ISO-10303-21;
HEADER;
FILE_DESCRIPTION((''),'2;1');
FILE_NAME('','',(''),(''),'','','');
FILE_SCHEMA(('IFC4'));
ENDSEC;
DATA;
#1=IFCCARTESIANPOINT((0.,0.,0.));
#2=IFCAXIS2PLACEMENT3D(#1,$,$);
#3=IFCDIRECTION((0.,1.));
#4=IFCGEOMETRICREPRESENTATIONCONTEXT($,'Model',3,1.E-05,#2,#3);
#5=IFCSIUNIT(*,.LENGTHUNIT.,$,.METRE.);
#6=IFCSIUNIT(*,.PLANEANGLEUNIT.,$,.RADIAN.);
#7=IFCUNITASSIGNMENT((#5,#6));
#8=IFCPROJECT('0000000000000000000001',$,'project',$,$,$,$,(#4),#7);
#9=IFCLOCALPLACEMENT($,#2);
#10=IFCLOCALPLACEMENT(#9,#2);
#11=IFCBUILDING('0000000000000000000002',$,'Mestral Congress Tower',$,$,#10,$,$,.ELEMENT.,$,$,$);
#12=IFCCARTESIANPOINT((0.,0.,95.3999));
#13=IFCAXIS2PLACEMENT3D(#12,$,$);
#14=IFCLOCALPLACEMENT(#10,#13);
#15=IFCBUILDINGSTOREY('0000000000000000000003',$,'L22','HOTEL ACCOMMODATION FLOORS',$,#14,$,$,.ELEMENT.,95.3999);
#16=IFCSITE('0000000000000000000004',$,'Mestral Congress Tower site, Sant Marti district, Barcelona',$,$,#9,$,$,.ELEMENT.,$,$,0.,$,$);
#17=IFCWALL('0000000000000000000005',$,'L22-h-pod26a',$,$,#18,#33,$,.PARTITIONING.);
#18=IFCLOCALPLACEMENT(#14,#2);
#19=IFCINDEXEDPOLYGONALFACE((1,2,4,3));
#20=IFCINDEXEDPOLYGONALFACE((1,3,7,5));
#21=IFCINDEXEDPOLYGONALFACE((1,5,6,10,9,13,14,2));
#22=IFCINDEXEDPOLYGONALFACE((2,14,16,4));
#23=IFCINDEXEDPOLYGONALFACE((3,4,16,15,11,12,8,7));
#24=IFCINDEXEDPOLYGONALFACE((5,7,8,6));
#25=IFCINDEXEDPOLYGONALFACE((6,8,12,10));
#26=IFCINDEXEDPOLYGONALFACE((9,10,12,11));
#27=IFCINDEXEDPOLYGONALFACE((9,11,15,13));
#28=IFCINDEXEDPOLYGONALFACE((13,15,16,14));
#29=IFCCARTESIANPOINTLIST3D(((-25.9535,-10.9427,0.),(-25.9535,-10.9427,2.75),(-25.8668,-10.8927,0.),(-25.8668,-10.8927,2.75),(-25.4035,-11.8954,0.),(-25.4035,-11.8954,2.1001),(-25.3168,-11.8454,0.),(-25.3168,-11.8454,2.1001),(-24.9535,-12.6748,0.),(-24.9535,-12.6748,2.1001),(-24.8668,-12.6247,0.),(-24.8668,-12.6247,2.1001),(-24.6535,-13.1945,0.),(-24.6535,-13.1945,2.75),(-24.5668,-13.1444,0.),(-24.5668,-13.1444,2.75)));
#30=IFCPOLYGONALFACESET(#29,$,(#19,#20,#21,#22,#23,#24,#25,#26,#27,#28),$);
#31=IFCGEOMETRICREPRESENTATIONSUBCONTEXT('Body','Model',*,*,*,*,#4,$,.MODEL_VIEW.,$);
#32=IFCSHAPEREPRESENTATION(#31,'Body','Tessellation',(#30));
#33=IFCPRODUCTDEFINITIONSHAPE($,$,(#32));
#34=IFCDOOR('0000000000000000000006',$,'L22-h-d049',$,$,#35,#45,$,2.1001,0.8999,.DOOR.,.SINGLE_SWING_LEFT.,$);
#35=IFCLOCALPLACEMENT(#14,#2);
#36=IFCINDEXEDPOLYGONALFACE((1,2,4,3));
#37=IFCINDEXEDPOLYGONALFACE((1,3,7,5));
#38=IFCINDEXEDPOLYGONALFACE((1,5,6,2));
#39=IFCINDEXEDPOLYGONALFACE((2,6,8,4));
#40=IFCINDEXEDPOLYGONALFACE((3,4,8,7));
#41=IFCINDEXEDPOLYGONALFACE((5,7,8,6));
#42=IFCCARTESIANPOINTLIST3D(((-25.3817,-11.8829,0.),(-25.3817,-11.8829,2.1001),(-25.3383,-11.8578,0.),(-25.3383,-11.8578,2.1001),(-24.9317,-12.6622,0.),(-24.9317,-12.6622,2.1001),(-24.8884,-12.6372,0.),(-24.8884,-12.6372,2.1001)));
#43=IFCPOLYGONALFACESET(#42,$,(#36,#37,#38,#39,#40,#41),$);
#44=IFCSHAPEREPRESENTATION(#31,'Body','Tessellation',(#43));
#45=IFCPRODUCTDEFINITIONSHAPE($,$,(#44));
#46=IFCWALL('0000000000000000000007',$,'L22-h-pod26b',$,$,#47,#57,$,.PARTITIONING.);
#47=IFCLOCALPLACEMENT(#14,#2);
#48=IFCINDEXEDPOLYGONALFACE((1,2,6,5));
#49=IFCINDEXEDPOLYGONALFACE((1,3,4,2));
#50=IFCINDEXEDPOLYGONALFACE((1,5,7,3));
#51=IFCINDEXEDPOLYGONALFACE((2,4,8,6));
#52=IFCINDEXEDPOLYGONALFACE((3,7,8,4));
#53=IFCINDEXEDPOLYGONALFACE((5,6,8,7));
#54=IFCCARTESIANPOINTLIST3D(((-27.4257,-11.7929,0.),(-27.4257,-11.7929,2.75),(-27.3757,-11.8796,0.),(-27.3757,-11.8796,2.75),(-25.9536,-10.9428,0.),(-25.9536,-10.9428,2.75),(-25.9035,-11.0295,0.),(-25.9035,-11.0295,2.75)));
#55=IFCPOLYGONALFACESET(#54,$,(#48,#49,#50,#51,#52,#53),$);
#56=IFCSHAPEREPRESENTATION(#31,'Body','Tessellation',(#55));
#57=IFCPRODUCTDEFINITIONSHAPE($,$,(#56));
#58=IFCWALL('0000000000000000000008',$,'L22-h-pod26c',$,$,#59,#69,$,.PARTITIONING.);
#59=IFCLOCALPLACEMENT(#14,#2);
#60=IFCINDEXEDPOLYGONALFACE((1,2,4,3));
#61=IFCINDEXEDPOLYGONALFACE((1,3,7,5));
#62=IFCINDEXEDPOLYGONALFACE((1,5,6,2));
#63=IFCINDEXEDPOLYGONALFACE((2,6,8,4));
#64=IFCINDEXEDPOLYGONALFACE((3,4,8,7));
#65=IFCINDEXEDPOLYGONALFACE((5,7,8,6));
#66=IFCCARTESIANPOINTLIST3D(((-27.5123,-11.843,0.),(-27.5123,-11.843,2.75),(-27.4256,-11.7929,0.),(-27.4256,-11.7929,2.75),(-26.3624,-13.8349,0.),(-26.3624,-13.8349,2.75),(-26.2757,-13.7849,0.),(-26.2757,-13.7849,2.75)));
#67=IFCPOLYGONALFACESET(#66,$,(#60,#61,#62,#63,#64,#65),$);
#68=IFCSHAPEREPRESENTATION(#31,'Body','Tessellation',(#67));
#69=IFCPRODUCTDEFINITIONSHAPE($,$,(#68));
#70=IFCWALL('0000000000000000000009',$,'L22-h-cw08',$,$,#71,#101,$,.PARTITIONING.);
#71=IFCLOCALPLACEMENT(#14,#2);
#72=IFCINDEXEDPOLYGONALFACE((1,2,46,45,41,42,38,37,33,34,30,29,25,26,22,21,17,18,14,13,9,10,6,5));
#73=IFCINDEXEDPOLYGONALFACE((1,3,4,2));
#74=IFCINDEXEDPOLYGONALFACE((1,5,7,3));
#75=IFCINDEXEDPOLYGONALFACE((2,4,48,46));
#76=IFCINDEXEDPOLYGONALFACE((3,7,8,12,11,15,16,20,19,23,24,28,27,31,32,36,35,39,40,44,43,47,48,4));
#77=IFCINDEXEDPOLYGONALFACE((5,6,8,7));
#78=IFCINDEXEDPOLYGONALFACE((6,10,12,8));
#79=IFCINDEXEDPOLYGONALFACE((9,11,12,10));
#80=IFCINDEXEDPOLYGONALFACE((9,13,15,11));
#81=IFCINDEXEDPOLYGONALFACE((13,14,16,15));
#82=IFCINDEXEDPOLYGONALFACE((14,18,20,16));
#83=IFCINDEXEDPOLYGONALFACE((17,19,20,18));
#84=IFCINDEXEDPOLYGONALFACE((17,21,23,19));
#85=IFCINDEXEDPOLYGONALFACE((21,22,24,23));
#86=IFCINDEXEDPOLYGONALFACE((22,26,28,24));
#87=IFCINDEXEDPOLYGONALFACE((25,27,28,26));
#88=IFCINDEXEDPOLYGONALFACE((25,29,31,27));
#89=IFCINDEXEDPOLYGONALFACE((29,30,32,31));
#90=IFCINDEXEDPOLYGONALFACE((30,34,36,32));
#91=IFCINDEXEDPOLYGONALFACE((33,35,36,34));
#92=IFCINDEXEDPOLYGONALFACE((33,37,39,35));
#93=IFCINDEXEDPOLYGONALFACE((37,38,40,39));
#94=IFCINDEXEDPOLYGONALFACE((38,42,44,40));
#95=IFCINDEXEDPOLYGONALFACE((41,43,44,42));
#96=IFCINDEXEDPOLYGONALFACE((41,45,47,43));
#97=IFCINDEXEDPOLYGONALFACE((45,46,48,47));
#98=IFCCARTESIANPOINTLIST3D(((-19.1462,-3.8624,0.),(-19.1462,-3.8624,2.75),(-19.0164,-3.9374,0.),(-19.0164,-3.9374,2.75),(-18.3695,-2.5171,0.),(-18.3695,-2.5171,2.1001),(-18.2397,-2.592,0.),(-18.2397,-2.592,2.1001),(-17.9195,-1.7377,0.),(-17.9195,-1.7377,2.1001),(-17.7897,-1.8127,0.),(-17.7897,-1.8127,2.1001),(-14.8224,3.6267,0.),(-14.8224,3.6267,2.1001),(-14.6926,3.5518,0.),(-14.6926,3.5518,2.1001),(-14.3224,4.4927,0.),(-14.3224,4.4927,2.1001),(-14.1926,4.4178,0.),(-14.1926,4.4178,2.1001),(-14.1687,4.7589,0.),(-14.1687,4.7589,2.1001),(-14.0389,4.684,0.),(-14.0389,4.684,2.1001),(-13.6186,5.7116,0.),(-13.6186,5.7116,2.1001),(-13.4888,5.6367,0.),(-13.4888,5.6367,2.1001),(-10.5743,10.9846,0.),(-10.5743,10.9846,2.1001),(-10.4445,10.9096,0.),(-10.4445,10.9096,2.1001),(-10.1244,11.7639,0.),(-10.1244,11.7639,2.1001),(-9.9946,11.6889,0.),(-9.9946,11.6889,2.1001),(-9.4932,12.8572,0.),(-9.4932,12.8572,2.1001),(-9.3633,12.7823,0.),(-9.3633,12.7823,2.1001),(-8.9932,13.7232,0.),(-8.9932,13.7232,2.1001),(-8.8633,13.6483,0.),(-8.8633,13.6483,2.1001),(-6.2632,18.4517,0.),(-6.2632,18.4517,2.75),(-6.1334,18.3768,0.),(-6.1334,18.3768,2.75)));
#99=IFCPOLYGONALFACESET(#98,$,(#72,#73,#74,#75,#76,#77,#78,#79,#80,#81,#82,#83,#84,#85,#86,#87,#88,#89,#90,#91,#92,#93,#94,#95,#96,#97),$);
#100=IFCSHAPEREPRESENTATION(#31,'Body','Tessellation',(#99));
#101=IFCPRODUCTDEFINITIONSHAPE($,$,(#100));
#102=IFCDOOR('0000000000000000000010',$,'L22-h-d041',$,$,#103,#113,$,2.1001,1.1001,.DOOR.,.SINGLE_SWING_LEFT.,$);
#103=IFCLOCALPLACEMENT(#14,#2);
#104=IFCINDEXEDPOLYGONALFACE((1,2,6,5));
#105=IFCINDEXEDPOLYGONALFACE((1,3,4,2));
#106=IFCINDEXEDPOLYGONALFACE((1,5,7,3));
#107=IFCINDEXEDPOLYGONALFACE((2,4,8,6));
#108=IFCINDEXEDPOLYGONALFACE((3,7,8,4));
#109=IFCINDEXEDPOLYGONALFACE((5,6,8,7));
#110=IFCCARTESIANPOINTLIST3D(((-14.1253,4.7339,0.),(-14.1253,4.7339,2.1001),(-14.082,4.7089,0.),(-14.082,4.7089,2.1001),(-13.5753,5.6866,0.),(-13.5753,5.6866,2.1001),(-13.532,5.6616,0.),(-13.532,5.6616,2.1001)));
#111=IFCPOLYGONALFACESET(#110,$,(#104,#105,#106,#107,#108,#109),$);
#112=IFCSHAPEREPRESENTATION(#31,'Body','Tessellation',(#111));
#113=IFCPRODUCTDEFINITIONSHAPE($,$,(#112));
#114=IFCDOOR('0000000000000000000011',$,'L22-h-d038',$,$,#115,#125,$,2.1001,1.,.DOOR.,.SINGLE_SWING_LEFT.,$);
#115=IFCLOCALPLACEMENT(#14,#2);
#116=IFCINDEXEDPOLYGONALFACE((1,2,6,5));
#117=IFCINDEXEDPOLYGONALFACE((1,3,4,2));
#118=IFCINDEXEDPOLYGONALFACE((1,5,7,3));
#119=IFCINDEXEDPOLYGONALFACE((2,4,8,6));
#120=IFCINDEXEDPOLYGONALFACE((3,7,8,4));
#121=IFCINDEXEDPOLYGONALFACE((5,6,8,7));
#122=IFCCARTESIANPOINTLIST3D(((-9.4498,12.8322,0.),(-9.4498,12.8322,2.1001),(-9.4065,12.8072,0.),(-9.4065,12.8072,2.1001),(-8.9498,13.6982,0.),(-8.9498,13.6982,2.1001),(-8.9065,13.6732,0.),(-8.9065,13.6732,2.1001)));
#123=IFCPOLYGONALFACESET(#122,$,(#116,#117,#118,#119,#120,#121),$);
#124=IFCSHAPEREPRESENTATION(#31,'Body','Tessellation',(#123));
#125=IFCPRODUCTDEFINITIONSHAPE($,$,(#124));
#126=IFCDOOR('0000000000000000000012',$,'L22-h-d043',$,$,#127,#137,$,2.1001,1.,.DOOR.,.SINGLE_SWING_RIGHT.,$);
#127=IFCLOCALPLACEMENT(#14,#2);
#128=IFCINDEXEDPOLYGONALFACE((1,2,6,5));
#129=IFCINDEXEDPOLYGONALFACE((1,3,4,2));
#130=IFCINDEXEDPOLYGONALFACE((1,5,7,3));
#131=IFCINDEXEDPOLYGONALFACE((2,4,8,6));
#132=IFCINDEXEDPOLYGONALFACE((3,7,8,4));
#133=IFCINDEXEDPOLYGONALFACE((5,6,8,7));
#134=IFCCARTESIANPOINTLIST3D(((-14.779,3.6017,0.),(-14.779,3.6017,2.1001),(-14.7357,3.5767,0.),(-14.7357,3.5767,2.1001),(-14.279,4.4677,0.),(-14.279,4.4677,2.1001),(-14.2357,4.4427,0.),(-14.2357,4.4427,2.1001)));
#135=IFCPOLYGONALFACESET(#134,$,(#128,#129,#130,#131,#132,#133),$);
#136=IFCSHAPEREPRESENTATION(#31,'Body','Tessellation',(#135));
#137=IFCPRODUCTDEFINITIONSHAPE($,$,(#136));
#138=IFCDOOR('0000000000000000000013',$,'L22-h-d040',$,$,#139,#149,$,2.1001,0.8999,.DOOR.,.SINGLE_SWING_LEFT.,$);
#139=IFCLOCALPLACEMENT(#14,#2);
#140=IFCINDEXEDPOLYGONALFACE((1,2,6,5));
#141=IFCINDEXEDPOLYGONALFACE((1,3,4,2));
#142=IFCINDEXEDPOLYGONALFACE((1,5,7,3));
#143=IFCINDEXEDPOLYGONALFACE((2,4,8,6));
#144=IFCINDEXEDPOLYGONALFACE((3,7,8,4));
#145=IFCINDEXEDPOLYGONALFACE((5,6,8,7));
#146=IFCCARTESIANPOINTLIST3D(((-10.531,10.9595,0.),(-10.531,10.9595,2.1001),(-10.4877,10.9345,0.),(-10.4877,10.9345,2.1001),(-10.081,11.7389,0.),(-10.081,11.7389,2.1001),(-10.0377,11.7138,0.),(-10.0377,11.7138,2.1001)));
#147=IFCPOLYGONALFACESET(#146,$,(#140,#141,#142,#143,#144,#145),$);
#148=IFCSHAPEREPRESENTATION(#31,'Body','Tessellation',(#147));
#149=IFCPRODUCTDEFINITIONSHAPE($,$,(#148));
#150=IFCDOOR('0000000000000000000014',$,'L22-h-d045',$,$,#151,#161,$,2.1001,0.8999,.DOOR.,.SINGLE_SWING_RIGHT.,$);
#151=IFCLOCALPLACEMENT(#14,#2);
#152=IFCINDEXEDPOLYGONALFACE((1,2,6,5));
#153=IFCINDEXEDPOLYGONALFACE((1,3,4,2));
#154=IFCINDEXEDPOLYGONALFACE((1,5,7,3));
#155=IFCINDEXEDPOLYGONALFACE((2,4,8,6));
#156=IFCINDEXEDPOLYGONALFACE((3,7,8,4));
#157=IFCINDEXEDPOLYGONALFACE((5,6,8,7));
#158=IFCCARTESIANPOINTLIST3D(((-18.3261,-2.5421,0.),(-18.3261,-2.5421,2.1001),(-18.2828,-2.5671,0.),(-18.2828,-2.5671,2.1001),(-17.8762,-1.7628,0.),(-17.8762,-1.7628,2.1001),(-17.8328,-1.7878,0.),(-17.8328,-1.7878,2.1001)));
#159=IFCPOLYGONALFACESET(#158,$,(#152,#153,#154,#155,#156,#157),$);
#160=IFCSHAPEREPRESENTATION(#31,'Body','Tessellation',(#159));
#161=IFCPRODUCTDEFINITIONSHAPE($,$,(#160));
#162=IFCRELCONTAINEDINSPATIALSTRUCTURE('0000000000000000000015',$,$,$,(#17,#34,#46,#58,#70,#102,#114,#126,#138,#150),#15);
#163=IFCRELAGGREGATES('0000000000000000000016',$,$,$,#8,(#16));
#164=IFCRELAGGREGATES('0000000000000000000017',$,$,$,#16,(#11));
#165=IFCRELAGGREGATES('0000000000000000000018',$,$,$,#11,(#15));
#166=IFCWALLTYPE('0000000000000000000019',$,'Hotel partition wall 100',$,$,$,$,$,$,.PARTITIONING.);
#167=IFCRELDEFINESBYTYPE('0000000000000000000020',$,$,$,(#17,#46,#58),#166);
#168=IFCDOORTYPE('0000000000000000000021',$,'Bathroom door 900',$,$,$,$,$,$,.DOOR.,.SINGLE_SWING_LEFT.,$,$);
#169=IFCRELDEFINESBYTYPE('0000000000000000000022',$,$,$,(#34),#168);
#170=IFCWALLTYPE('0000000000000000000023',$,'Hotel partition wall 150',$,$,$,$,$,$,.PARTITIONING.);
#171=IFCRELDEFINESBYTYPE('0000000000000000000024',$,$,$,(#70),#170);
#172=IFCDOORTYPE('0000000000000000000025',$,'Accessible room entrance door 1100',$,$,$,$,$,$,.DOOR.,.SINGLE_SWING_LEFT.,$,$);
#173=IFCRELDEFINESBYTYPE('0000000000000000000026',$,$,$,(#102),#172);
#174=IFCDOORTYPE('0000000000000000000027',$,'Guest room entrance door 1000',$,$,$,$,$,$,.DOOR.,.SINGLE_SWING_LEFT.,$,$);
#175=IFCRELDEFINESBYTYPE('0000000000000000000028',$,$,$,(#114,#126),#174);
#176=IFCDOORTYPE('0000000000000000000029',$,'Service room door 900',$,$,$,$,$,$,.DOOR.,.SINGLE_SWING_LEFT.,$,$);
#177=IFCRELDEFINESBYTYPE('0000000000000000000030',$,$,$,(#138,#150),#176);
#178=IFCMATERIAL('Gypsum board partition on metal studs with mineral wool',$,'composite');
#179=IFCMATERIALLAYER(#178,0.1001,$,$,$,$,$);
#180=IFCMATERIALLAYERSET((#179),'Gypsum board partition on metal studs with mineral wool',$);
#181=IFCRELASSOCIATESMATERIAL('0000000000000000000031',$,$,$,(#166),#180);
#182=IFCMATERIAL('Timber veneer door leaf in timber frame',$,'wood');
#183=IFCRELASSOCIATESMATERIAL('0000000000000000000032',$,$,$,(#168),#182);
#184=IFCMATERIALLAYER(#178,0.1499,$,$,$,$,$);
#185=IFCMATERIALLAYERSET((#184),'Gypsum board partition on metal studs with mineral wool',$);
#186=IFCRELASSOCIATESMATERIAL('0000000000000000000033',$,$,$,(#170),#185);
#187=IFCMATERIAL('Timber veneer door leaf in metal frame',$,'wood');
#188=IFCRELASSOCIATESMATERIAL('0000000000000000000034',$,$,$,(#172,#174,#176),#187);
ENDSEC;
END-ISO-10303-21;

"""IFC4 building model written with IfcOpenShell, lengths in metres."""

from ifc_helpers import new_model, si_unit, direction, frame, frame_2d, origin, place, context, subcontext, project, spatial, rectangle, extrude, material, layer, layer_set, type_object, element, fill, save


model = new_model("IFC4")

# Units and contexts
model_context = context("Model", 3, precision=1e-05, world=origin(), true_north=direction((0.0, 1.0)))
body_context = subcontext(model_context, "Body", "Model", "MODEL_VIEW")
ifc_project = project(units=[si_unit("LENGTHUNIT", "METRE"), si_unit("PLANEANGLEUNIT", "RADIAN")], contexts=[model_context])

# Site, building, storey
site_placement = place(None, origin())
site = spatial("IfcSite", under=ifc_project, at=site_placement, Name="Mestral Congress Tower site, Sant Marti district, Barcelona", CompositionType="ELEMENT", RefElevation=0.0)
building_placement = place(site_placement, origin())
building = spatial("IfcBuilding", under=site, at=building_placement, Name="Mestral Congress Tower", CompositionType="ELEMENT")
storey_placement = place(building_placement, frame((0.0, 0.0, 95.3999)))
storey = spatial("IfcBuildingStorey", under=building, at=storey_placement, Name="L22", Description="HOTEL ACCOMMODATION FLOORS", CompositionType="ELEMENT", Elevation=95.3999)

# Shared definitions
ifc_material_1 = material(Name="Gypsum board partition on metal studs with mineral wool", Category="composite")
ifc_layer_1 = layer(ifc_material_1, 0.1001)
ifc_layer_set_1 = layer_set([ifc_layer_1], Name="Gypsum board partition on metal studs with mineral wool")
wall_type_1 = type_object("IfcWallType", Name="Hotel partition wall 100", PredefinedType="PARTITIONING", material=ifc_layer_set_1)
ifc_material_2 = material(Name="Timber veneer door leaf in timber frame", Category="wood")
door_type_1 = type_object("IfcDoorType", Name="Bathroom door 900", OperationType="SINGLE_SWING_LEFT", PredefinedType="DOOR", material=ifc_material_2)

# Wall, opening, door
wall_1_placement = place(storey_placement, frame((-24.6101, -13.1694, 0.0), z_axis=(0.0, 0.0, 1.0), x_axis=(-0.500007, 0.866021, 0.0)))
wall_1 = element("IfcWall", 1, at=wall_1_placement, inside=storey, type_object=wall_type_1, Name="L22-h-pod26a", PredefinedType="PARTITIONING", context=body_context, shape_type="SweptSolid", body=[
    extrude(rectangle(XDim=2.6001, YDim=0.1001, at=frame_2d((1.3, 0.0))), origin(), (0.0, 0.0, 1.0), 2.75),
])
opening_1_placement = place(wall_1_placement, frame((0.6001, 0.0, 0.0)))
opening_1 = element("IfcOpeningElement", 2, at=opening_1_placement, cuts=wall_1, PredefinedType="OPENING", context=body_context, shape_type="SweptSolid", body=[
    extrude(rectangle(XDim=0.8999, YDim=2.1001, at=frame_2d((0.45, 1.05))), frame((0.0, 0.0601, 0.0), z_axis=(0.0, -1.0, 0.0), x_axis=(1.0, 0.0, 0.0)), (0.0, 0.0, 1.0), 0.1201),
])
door_1_placement = place(opening_1_placement, origin())
door_1 = element("IfcDoor", 3, at=door_1_placement, inside=storey, type_object=door_type_1, Name="L22-h-d049", OperationType="SINGLE_SWING_LEFT", OverallHeight=2.1001, OverallWidth=0.8999, PredefinedType="DOOR", context=body_context, shape_type="SweptSolid", body=[
    extrude(rectangle(XDim=0.8999, YDim=2.1001, at=frame_2d((0.45, 1.05))), frame((0.0, 0.0249, 0.0), z_axis=(0.0, -1.0, 0.0), x_axis=(1.0, 0.0, 0.0)), (0.0, 0.0, 1.0), 0.05),
])
fill(opening_1, door_1)

# Walls
wall_2_placement = place(storey_placement, frame((-25.9285, -10.9861, 0.0), z_axis=(0.0, 0.0, 1.0), x_axis=(-0.865989, -0.500062, 0.0)))
element("IfcWall", 4, at=wall_2_placement, inside=storey, type_object=wall_type_1, Name="L22-h-pod26b", PredefinedType="PARTITIONING", context=body_context, shape_type="SweptSolid", body=[
    extrude(rectangle(XDim=1.7, YDim=0.1001, at=frame_2d((0.8501, 0.0))), origin(), (0.0, 0.0, 1.0), 2.75),
])
wall_3_placement = place(storey_placement, frame((-26.3191, -13.8098, 0.0), z_axis=(0.0, 0.0, 1.0), x_axis=(-0.499952, 0.866053, 0.0)))
element("IfcWall", 5, at=wall_3_placement, inside=storey, type_object=wall_type_1, Name="L22-h-pod26c", PredefinedType="PARTITIONING", context=body_context, shape_type="SweptSolid", body=[
    extrude(rectangle(XDim=2.3, YDim=0.1001, at=frame_2d((1.1499, 0.0))), origin(), (0.0, 0.0, 1.0), 2.75),
])

# Wall, openings, doors
ifc_layer_2 = layer(ifc_material_1, 0.1499)
ifc_layer_set_2 = layer_set([ifc_layer_2], Name="Gypsum board partition on metal studs with mineral wool")
wall_type_2 = type_object("IfcWallType", Name="Hotel partition wall 150", PredefinedType="PARTITIONING", material=ifc_layer_set_2)
wall_4_placement = place(storey_placement, frame((-19.0813, -3.8999, 0.0), z_axis=(0.0, 0.0, 1.0), x_axis=(0.499998, 0.866026, 0.0)))
wall_4 = element("IfcWall", 6, at=wall_4_placement, inside=storey, type_object=wall_type_2, Name="L22-h-cw08", PredefinedType="PARTITIONING", context=body_context, shape_type="SweptSolid", body=[
    extrude(rectangle(XDim=25.7661, YDim=0.1499, at=frame_2d((12.8831, 0.0))), origin(), (0.0, 0.0, 1.0), 2.75),
])
opening_2_placement = place(wall_4_placement, frame((19.3062, 0.0, 0.0)))
opening_2 = element("IfcOpeningElement", 7, at=opening_2_placement, cuts=wall_4, PredefinedType="OPENING", context=body_context, shape_type="SweptSolid", body=[
    extrude(rectangle(XDim=1.0, YDim=2.1001, at=frame_2d((0.5, 1.05))), frame((0.0, 0.085, 0.0), z_axis=(0.0, -1.0, 0.0), x_axis=(1.0, 0.0, 0.0)), (0.0, 0.0, 1.0), 0.1699),
])
opening_3_placement = place(wall_4_placement, frame((17.1438, 0.0, 0.0)))
opening_3 = element("IfcOpeningElement", 8, at=opening_3_placement, cuts=wall_4, PredefinedType="OPENING", context=body_context, shape_type="SweptSolid", body=[
    extrude(rectangle(XDim=0.8999, YDim=2.1001, at=frame_2d((0.45, 1.05))), frame((0.0, 0.085, 0.0), z_axis=(0.0, -1.0, 0.0), x_axis=(1.0, 0.0, 0.0)), (0.0, 0.0, 1.0), 0.1699),
])
opening_4_placement = place(wall_4_placement, frame((9.9551, 0.0, 0.0)))
opening_4 = element("IfcOpeningElement", 9, at=opening_4_placement, cuts=wall_4, PredefinedType="OPENING", context=body_context, shape_type="SweptSolid", body=[
    extrude(rectangle(XDim=1.1001, YDim=2.1001, at=frame_2d((0.55, 1.05))), frame((0.0, 0.085, 0.0), z_axis=(0.0, -1.0, 0.0), x_axis=(1.0, 0.0, 0.0)), (0.0, 0.0, 1.0), 0.1699),
])
opening_5_placement = place(wall_4_placement, frame((8.6477, 0.0, 0.0)))
opening_5 = element("IfcOpeningElement", 10, at=opening_5_placement, cuts=wall_4, PredefinedType="OPENING", context=body_context, shape_type="SweptSolid", body=[
    extrude(rectangle(XDim=1.0, YDim=2.1001, at=frame_2d((0.5, 1.05))), frame((0.0, 0.085, 0.0), z_axis=(0.0, -1.0, 0.0), x_axis=(1.0, 0.0, 0.0)), (0.0, 0.0, 1.0), 0.1699),
])
opening_6_placement = place(wall_4_placement, frame((1.5535, 0.0, 0.0)))
opening_6 = element("IfcOpeningElement", 11, at=opening_6_placement, cuts=wall_4, PredefinedType="OPENING", context=body_context, shape_type="SweptSolid", body=[
    extrude(rectangle(XDim=0.8999, YDim=2.1001, at=frame_2d((0.45, 1.05))), frame((0.0, 0.085, 0.0), z_axis=(0.0, -1.0, 0.0), x_axis=(1.0, 0.0, 0.0)), (0.0, 0.0, 1.0), 0.1699),
])
ifc_material_3 = material(Name="Timber veneer door leaf in metal frame", Category="wood")
door_type_2 = type_object("IfcDoorType", Name="Accessible room entrance door 1100", OperationType="SINGLE_SWING_LEFT", PredefinedType="DOOR", material=ifc_material_3)
door_2_placement = place(opening_4_placement, origin())
door_2 = element("IfcDoor", 12, at=door_2_placement, inside=storey, type_object=door_type_2, Name="L22-h-d041", OperationType="SINGLE_SWING_LEFT", OverallHeight=2.1001, OverallWidth=1.1001, PredefinedType="DOOR", context=body_context, shape_type="SweptSolid", body=[
    extrude(rectangle(XDim=1.1001, YDim=2.1001, at=frame_2d((0.55, 1.05))), frame((0.0, 0.0249, 0.0), z_axis=(0.0, -1.0, 0.0), x_axis=(1.0, 0.0, 0.0)), (0.0, 0.0, 1.0), 0.05),
])
fill(opening_4, door_2)
door_type_3 = type_object("IfcDoorType", Name="Guest room entrance door 1000", OperationType="SINGLE_SWING_LEFT", PredefinedType="DOOR", material=ifc_material_3)
door_3_placement = place(opening_2_placement, origin())
door_3 = element("IfcDoor", 13, at=door_3_placement, inside=storey, type_object=door_type_3, Name="L22-h-d038", OperationType="SINGLE_SWING_LEFT", OverallHeight=2.1001, OverallWidth=1.0, PredefinedType="DOOR", context=body_context, shape_type="SweptSolid", body=[
    extrude(rectangle(XDim=1.0, YDim=2.1001, at=frame_2d((0.5, 1.05))), frame((0.0, 0.0249, 0.0), z_axis=(0.0, -1.0, 0.0), x_axis=(1.0, 0.0, 0.0)), (0.0, 0.0, 1.0), 0.05),
])
fill(opening_2, door_3)
door_4_placement = place(opening_5_placement, origin())
door_4 = element("IfcDoor", 14, at=door_4_placement, inside=storey, type_object=door_type_3, Name="L22-h-d043", OperationType="SINGLE_SWING_RIGHT", OverallHeight=2.1001, OverallWidth=1.0, PredefinedType="DOOR", context=body_context, shape_type="SweptSolid", body=[
    extrude(rectangle(XDim=1.0, YDim=2.1001, at=frame_2d((0.5, 1.05))), frame((0.0, 0.0249, 0.0), z_axis=(0.0, -1.0, 0.0), x_axis=(1.0, 0.0, 0.0)), (0.0, 0.0, 1.0), 0.05),
])
fill(opening_5, door_4)
door_type_4 = type_object("IfcDoorType", Name="Service room door 900", OperationType="SINGLE_SWING_LEFT", PredefinedType="DOOR", material=ifc_material_3)
door_5_placement = place(opening_3_placement, origin())
door_5 = element("IfcDoor", 15, at=door_5_placement, inside=storey, type_object=door_type_4, Name="L22-h-d040", OperationType="SINGLE_SWING_LEFT", OverallHeight=2.1001, OverallWidth=0.8999, PredefinedType="DOOR", context=body_context, shape_type="SweptSolid", body=[
    extrude(rectangle(XDim=0.8999, YDim=2.1001, at=frame_2d((0.45, 1.05))), frame((0.0, 0.0249, 0.0), z_axis=(0.0, -1.0, 0.0), x_axis=(1.0, 0.0, 0.0)), (0.0, 0.0, 1.0), 0.05),
])
fill(opening_3, door_5)
door_6_placement = place(opening_6_placement, origin())
door_6 = element("IfcDoor", 16, at=door_6_placement, inside=storey, type_object=door_type_4, Name="L22-h-d045", OperationType="SINGLE_SWING_RIGHT", OverallHeight=2.1001, OverallWidth=0.8999, PredefinedType="DOOR", context=body_context, shape_type="SweptSolid", body=[
    extrude(rectangle(XDim=0.8999, YDim=2.1001, at=frame_2d((0.45, 1.05))), frame((0.0, 0.0249, 0.0), z_axis=(0.0, -1.0, 0.0), x_axis=(1.0, 0.0, 0.0)), (0.0, 0.0, 1.0), 0.05),
])
fill(opening_6, door_6)

save(model, "model.ifc")
